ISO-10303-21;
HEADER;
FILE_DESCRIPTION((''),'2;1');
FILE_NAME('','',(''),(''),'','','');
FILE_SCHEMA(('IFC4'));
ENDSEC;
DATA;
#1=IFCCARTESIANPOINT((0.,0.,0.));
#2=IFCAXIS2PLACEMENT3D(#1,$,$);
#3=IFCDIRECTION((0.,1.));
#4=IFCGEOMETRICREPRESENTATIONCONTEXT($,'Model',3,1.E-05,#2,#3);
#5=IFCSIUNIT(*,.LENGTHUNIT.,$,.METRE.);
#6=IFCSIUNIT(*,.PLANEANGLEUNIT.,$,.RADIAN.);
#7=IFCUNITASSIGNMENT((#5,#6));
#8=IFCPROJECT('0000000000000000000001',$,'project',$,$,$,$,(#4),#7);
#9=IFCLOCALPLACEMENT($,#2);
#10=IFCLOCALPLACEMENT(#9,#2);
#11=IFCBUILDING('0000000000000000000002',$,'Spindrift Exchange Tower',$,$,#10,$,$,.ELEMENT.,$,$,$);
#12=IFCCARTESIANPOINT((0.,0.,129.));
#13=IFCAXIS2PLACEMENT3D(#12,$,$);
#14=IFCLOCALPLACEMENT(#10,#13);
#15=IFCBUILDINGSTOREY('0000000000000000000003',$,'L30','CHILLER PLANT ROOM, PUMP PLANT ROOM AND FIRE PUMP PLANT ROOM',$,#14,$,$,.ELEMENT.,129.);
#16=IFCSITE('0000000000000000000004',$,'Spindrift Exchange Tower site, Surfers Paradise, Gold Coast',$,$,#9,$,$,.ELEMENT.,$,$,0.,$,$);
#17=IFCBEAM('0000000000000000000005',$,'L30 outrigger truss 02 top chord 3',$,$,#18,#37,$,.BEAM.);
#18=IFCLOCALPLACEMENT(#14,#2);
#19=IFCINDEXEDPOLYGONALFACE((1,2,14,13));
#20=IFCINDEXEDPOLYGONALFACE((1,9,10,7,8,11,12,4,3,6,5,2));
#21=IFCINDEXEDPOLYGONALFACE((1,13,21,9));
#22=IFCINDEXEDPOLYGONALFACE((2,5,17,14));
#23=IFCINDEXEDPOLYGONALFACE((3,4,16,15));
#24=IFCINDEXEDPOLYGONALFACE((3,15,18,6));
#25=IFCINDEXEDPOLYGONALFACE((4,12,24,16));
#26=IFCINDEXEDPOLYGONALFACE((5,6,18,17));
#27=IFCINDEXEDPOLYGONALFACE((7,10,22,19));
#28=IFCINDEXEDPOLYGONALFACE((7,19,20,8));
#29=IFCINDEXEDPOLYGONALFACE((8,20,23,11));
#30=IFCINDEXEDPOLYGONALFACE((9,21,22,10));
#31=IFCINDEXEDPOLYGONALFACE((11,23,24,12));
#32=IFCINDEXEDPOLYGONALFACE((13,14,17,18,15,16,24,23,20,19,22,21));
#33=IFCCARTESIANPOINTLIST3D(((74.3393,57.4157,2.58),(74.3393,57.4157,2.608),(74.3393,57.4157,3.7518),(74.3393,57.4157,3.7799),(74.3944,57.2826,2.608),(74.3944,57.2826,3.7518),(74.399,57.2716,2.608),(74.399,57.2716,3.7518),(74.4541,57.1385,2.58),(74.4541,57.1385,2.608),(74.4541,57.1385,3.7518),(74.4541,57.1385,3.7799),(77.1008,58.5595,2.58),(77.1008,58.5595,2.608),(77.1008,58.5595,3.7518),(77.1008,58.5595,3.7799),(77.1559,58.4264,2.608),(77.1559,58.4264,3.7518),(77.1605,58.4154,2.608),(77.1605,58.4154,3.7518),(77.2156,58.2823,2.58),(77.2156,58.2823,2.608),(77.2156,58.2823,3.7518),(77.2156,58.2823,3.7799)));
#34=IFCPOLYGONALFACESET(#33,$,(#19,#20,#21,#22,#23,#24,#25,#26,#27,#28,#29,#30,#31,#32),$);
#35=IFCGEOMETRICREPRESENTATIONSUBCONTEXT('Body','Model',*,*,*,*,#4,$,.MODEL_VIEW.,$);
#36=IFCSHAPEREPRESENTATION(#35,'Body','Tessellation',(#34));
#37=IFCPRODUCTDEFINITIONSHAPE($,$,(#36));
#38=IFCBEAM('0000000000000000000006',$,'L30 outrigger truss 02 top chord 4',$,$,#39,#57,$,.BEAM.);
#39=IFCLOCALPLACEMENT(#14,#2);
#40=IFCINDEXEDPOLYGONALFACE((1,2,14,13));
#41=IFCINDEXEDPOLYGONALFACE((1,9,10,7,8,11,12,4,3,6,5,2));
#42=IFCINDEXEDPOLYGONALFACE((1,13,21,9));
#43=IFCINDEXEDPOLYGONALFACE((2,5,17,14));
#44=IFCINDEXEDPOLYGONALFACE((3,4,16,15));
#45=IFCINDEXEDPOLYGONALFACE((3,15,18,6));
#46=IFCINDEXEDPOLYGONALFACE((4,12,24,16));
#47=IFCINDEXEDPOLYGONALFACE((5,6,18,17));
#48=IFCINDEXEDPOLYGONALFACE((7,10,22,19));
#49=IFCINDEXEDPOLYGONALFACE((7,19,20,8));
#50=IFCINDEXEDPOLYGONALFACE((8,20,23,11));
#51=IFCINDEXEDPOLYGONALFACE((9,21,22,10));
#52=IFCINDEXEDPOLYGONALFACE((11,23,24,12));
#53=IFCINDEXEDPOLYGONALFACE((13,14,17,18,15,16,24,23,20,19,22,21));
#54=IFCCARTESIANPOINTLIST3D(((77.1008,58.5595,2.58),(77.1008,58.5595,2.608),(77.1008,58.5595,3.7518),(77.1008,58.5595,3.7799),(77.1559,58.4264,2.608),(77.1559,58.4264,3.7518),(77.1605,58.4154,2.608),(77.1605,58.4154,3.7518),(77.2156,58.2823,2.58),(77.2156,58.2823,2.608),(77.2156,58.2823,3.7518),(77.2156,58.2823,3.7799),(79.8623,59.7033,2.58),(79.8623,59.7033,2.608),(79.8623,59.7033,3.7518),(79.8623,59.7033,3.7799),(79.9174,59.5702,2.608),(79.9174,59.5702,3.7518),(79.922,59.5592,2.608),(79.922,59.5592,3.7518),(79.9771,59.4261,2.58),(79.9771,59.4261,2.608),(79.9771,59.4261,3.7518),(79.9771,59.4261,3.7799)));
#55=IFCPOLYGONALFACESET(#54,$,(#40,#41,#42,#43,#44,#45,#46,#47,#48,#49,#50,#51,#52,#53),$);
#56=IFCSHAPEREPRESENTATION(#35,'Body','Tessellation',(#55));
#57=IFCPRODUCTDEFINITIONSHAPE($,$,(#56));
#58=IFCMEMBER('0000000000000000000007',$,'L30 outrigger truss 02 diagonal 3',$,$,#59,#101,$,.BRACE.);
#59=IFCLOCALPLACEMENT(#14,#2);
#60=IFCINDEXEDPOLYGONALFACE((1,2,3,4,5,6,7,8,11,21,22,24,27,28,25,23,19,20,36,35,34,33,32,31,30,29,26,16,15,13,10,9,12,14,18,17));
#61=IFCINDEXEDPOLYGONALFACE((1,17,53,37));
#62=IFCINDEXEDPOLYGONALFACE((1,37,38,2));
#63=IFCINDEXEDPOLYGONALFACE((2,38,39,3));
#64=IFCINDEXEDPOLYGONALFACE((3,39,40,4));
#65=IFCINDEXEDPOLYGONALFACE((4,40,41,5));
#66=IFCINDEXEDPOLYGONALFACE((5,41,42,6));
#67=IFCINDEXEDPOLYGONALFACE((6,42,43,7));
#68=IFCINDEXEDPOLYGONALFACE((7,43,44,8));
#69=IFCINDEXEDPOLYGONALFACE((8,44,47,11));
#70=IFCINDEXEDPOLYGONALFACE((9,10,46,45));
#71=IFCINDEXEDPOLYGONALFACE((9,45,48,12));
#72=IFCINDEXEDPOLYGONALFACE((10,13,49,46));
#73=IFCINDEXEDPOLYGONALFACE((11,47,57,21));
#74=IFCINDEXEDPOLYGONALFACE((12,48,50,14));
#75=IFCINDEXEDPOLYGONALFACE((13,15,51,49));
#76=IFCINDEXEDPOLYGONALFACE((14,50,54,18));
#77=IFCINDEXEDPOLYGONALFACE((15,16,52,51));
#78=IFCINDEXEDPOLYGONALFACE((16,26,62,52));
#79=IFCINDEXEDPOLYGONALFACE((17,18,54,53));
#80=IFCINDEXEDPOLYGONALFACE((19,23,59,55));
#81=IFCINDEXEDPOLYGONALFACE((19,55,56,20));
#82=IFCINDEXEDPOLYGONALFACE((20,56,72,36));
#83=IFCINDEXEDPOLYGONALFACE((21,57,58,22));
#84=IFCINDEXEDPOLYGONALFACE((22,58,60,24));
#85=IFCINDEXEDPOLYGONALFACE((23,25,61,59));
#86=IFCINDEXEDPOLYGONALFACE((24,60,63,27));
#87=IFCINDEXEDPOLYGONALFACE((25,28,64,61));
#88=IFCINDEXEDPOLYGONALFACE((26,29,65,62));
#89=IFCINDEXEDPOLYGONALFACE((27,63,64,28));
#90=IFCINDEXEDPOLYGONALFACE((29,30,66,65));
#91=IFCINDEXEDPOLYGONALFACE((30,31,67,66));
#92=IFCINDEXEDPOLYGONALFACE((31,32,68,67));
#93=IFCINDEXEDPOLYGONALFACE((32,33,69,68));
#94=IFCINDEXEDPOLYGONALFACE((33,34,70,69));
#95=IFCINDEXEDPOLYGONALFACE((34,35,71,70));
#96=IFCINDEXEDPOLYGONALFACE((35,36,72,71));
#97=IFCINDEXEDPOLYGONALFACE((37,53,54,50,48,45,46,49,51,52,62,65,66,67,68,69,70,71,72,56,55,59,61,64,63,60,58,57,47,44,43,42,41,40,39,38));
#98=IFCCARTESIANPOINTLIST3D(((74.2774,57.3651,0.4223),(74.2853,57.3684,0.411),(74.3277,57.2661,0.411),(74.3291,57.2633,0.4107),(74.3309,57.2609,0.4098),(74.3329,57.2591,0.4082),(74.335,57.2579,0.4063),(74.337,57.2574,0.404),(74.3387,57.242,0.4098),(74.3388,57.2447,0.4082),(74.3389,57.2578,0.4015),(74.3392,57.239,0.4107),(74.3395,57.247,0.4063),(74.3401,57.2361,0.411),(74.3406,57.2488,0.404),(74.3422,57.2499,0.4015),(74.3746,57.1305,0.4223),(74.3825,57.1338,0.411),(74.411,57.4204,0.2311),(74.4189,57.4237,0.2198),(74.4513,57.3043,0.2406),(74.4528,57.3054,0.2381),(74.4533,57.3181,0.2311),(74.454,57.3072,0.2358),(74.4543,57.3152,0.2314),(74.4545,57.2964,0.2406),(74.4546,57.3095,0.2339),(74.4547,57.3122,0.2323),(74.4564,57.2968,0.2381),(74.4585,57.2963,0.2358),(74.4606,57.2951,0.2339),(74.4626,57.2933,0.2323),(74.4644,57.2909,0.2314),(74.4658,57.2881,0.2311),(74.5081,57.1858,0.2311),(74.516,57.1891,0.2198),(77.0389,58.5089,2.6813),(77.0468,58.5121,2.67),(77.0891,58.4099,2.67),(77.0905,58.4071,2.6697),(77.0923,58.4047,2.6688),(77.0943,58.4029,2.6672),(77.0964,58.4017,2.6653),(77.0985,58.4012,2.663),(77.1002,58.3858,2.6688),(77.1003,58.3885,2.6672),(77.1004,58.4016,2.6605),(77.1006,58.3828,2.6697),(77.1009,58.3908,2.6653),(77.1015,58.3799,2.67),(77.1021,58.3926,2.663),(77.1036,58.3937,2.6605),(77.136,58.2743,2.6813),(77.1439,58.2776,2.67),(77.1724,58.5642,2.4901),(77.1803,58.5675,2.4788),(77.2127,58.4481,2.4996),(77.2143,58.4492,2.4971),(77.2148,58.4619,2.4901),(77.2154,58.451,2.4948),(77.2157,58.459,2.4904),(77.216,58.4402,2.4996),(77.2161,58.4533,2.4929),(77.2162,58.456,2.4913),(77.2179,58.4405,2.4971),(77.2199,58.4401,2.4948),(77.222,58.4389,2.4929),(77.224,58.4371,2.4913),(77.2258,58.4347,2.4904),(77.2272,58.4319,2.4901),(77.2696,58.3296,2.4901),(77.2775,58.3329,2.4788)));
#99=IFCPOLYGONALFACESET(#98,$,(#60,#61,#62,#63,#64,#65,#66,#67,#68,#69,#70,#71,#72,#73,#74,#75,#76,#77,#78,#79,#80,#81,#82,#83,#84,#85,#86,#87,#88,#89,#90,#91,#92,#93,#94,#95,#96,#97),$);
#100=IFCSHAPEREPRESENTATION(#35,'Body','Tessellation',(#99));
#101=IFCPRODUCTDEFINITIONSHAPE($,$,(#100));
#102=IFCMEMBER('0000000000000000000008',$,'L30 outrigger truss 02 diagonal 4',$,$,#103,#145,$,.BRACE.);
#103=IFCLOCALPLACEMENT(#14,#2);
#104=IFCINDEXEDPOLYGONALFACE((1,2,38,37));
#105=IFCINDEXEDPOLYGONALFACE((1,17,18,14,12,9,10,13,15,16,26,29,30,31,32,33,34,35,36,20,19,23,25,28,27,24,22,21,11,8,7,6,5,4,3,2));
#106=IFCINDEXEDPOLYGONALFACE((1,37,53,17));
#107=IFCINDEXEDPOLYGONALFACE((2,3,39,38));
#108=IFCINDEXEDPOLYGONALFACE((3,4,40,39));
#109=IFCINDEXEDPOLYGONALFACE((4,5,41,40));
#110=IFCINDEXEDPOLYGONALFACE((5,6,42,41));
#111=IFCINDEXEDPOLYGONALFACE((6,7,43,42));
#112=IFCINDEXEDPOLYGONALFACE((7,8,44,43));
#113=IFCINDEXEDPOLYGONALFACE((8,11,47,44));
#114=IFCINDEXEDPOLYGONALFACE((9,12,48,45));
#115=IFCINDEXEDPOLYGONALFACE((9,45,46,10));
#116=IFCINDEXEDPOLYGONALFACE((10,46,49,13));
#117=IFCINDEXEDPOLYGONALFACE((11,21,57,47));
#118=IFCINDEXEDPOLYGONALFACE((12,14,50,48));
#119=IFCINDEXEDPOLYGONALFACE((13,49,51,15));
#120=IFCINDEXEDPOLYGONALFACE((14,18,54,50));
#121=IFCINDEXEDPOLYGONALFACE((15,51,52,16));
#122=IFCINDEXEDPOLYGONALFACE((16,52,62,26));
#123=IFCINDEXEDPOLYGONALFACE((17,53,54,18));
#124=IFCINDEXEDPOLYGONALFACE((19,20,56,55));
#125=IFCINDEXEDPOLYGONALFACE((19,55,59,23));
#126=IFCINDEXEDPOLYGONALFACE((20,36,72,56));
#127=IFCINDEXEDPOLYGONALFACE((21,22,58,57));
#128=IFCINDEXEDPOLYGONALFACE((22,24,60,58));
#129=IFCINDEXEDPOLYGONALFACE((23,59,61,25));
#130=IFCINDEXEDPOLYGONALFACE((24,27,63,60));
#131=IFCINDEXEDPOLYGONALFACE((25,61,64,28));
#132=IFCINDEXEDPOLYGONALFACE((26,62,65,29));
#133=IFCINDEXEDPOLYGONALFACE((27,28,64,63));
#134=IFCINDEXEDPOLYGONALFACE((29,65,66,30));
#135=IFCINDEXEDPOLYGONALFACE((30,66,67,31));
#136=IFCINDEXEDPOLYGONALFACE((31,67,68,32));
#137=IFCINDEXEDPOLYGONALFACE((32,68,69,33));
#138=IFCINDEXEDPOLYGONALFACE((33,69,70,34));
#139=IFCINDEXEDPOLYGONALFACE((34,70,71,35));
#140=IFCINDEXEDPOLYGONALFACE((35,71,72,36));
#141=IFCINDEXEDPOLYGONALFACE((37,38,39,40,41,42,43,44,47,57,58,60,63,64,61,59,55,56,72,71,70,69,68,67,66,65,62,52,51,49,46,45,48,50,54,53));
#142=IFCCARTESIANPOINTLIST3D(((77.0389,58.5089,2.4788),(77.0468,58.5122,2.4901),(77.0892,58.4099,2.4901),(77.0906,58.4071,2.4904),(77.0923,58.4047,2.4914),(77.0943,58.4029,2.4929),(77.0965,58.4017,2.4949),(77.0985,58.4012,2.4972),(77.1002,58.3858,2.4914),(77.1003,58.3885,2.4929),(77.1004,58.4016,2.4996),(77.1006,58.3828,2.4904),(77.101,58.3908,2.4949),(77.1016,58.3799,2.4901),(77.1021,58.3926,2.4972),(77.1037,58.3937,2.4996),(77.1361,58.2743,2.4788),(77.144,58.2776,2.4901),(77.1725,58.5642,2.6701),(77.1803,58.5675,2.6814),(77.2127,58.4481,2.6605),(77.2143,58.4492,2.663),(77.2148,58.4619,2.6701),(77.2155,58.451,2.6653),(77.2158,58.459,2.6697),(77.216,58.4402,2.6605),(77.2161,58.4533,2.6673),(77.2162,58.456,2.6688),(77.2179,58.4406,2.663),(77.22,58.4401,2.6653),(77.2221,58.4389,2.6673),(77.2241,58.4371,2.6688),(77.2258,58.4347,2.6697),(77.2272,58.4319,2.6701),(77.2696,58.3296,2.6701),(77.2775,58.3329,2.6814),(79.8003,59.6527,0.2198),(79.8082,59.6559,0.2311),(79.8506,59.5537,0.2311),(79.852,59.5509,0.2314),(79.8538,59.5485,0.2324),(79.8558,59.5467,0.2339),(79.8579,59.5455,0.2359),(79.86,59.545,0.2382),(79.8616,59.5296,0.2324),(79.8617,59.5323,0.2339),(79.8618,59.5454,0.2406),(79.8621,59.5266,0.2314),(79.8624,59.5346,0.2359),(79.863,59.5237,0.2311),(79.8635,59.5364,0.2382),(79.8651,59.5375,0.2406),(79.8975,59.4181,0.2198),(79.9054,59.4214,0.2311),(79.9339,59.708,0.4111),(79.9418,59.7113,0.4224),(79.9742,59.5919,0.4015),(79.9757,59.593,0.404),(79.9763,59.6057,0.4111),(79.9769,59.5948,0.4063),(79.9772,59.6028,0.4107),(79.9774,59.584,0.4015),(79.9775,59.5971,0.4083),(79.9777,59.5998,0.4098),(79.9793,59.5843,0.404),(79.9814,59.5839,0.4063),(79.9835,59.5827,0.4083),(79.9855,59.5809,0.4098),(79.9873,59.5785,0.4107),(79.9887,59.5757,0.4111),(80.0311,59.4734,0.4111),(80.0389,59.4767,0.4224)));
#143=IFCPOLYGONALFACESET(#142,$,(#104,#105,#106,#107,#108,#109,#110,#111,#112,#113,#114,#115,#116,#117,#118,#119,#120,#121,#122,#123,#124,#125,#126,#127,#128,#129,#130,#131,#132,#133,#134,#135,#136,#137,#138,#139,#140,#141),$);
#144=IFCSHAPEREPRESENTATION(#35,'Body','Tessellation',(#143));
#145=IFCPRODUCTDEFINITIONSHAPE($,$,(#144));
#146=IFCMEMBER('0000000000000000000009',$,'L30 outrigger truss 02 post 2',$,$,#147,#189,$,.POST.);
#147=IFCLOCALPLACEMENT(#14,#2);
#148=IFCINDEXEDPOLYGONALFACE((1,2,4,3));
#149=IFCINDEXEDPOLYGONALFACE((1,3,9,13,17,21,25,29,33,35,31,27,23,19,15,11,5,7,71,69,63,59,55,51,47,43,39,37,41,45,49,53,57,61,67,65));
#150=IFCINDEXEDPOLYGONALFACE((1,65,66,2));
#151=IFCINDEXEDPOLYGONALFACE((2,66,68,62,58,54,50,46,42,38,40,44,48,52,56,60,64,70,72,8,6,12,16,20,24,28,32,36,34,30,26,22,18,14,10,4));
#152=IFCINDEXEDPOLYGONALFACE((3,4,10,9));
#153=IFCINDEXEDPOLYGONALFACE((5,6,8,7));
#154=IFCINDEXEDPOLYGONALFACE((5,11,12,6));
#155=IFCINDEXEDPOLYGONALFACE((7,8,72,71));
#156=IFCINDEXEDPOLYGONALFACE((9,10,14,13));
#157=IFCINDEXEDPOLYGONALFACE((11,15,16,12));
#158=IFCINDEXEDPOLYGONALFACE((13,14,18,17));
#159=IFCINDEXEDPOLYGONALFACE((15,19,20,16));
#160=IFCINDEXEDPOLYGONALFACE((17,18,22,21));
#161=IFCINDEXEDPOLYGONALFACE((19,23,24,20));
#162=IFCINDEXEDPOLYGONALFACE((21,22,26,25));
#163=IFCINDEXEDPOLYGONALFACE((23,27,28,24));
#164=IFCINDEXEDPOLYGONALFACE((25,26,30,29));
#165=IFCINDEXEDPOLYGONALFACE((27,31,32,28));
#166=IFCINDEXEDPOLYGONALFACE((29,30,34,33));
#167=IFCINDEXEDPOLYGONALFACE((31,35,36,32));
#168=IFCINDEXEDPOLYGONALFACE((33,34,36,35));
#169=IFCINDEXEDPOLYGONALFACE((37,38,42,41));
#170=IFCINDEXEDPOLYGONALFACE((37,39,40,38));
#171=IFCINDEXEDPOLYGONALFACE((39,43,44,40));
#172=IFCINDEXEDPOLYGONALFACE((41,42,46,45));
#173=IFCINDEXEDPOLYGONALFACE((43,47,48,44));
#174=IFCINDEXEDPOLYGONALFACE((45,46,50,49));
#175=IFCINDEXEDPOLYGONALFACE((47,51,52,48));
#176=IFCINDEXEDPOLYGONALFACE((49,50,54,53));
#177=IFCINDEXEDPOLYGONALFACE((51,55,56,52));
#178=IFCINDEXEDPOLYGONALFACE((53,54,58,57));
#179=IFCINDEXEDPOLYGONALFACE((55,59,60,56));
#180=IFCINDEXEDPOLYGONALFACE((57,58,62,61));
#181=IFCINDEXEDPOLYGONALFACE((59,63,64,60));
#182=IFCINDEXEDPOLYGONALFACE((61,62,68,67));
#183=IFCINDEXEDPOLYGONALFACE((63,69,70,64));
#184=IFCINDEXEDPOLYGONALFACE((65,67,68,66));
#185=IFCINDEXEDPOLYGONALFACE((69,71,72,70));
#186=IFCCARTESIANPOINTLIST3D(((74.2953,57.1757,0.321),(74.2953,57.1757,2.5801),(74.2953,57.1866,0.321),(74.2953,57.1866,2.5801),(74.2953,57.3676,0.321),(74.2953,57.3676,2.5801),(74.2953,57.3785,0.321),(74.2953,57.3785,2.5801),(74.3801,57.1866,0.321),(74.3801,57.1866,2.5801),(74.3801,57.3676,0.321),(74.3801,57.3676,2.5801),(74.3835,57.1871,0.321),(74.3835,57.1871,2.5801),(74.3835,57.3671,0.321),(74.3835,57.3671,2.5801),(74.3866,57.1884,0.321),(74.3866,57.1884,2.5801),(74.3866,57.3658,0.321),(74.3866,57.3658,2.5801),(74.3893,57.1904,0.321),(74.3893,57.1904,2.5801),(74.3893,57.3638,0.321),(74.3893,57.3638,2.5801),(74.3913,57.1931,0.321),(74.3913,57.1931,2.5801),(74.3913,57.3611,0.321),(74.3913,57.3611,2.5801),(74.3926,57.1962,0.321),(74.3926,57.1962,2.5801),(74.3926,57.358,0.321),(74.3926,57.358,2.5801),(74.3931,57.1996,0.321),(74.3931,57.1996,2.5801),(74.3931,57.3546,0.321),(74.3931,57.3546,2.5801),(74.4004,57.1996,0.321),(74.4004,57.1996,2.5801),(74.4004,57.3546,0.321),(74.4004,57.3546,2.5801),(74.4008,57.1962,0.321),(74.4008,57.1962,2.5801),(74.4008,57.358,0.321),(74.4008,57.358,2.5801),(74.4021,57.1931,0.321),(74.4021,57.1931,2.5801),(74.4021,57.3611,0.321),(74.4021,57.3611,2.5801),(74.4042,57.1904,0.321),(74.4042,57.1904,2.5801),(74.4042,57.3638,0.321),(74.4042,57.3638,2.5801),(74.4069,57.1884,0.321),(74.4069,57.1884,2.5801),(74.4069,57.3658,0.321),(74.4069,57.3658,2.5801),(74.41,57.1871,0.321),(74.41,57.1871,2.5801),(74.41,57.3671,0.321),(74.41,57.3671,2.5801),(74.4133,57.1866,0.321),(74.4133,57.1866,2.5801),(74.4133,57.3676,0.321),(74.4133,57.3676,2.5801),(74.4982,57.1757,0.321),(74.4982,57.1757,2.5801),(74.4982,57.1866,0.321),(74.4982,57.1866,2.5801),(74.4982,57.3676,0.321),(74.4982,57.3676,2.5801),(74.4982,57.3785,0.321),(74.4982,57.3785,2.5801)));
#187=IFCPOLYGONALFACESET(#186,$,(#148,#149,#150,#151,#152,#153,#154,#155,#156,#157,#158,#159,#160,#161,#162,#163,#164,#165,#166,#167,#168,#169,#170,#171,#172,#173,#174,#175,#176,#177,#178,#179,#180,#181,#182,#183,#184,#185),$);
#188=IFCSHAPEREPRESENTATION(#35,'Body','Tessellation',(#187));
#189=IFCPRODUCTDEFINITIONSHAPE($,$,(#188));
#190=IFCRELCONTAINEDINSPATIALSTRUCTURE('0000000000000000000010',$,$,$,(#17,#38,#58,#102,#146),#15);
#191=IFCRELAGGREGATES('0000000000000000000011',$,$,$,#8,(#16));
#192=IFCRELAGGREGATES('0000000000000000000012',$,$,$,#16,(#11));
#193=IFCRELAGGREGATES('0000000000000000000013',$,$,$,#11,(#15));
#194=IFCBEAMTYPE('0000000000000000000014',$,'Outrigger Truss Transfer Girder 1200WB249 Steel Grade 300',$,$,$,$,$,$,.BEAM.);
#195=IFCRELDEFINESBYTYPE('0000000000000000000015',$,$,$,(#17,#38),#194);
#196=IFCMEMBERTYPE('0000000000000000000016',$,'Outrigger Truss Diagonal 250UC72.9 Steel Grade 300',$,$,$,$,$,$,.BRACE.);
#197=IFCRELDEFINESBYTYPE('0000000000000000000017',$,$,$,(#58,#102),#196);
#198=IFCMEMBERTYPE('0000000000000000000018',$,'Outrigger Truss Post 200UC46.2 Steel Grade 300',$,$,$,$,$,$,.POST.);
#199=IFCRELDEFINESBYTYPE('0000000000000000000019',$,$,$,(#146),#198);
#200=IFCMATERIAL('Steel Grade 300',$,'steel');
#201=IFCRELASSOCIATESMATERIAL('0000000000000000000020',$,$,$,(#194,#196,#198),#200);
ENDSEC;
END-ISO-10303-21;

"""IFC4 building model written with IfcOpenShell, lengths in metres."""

from ifc_helpers import new_model, si_unit, direction, frame, origin, origin_2d, place, context, subcontext, project, spatial, i_section, extrude, source, transform, mapped, material, material_profile, profile_set, type_object, element, save


model = new_model("IFC4")

# Units and contexts
model_context = context("Model", 3, precision=1e-05, world=origin(), true_north=direction((0.0, 1.0)))
body_context = subcontext(model_context, "Body", "Model", "MODEL_VIEW")
ifc_project = project(units=[si_unit("LENGTHUNIT", "METRE"), si_unit("PLANEANGLEUNIT", "RADIAN")], contexts=[model_context])

# Site, building, storey
site_placement = place(None, origin())
site = spatial("IfcSite", under=ifc_project, at=site_placement, Name="Spindrift Exchange Tower site, Surfers Paradise, Gold Coast", CompositionType="ELEMENT", RefElevation=0.0)
building_placement = place(site_placement, origin())
building = spatial("IfcBuilding", under=site, at=building_placement, Name="Spindrift Exchange Tower", CompositionType="ELEMENT")
storey_placement = place(building_placement, frame((0.0, 0.0, 129.0)))
storey = spatial("IfcBuildingStorey", under=building, at=storey_placement, Name="L30", Description="CHILLER PLANT ROOM, PUMP PLANT ROOM AND FIRE PUMP PLANT ROOM", CompositionType="ELEMENT", Elevation=129.0)

# Shared definitions
ifc_material_1 = material(Name="Steel Grade 300", Category="steel")
ifc_material_profile_1 = material_profile(ifc_material_1, i_section(OverallWidth=0.3, OverallDepth=1.2, WebThickness=0.012, FlangeThickness=0.0281, at=origin_2d()), Name="1200WB249")
ifc_profile_set_1 = profile_set([ifc_material_profile_1], Name="Steel Grade 300")
beam_type = type_object("IfcBeamType", Name="Outrigger Truss Transfer Girder 1200WB249 Steel Grade 300", PredefinedType="BEAM", material=ifc_profile_set_1)

# Shared definitions
ifc_material_profile_2 = material_profile(ifc_material_1, i_section(OverallWidth=0.2539, OverallDepth=0.2539, WebThickness=0.0085, FlangeThickness=0.0142, FilletRadius=0.012, at=origin_2d()), Name="250UC72.9")
ifc_profile_set_2 = profile_set([ifc_material_profile_2], Name="Steel Grade 300")
member_type_1 = type_object("IfcMemberType", Name="Outrigger Truss Diagonal 250UC72.9 Steel Grade 300", PredefinedType="BRACE", material=ifc_profile_set_2)

# Beams
shared_shape_1 = source(origin(), body_context, "Body", "SweptSolid", [
    extrude(i_section(OverallWidth=0.3, OverallDepth=1.2, WebThickness=0.012, FlangeThickness=0.0281, at=origin_2d()), origin(), (0.0, 0.0, 1.0), 2.989),
])
for number, where, z_axis, x_axis, name in (
    (1, (74.3967, 57.2771, 3.1799), (0.923884, 0.382672, 0.0), (-0.382672, 0.923884, 0.0), "L30 outrigger truss 02 top chord 3"),
    (2, (77.1582, 58.4209, 3.1799), (0.923884, 0.382672, 0.0), (-0.382672, 0.923884, 0.0), "L30 outrigger truss 02 top chord 4"),
):
    element("IfcBeam", number, at=place(storey_placement, frame(where, z_axis=z_axis, x_axis=x_axis)), inside=storey, type_object=beam_type, Name=name, PredefinedType="BEAM", context=body_context, shape_type="MappedRepresentation", body=[
        mapped(shared_shape_1, transform((0.0, 0.0, 0.0), scale=1.0)),
    ])

# Members
shared_shape_2 = source(origin(), body_context, "Body", "SweptSolid", [
    extrude(i_section(OverallWidth=0.2539, OverallDepth=0.2539, WebThickness=0.0085, FlangeThickness=0.0142, FilletRadius=0.012, at=origin_2d()), origin(), (0.0, 0.0, 1.0), 3.7466),
])
for number, where, z_axis, x_axis, name in (
    (3, (74.3967, 57.2771, 0.321), (0.737055, 0.305287, 0.60295), (-0.382672, 0.923884, 0.0), "L30 outrigger truss 02 diagonal 3"),
    (4, (77.1582, 58.4209, 2.5801), (0.737055, 0.305287, -0.60295), (-0.382672, 0.923884, 0.0), "L30 outrigger truss 02 diagonal 4"),
):
    element("IfcMember", number, at=place(storey_placement, frame(where, z_axis=z_axis, x_axis=x_axis)), inside=storey, type_object=member_type_1, Name=name, PredefinedType="BRACE", context=body_context, shape_type="MappedRepresentation", body=[
        mapped(shared_shape_2, transform((0.0, 0.0, 0.0), scale=1.0)),
    ])
ifc_material_profile_3 = material_profile(ifc_material_1, i_section(OverallWidth=0.2029, OverallDepth=0.2029, WebThickness=0.0073, FlangeThickness=0.011, FilletRadius=0.0129, at=origin_2d()), Name="200UC46.2")
ifc_profile_set_3 = profile_set([ifc_material_profile_3], Name="Steel Grade 300")
member_type_2 = type_object("IfcMemberType", Name="Outrigger Truss Post 200UC46.2 Steel Grade 300", PredefinedType="POST", material=ifc_profile_set_3)
shared_shape_3 = source(origin(), body_context, "Body", "SweptSolid", [
    extrude(i_section(OverallWidth=0.2029, OverallDepth=0.2029, WebThickness=0.0073, FlangeThickness=0.011, FilletRadius=0.0129, at=origin_2d()), origin(), (0.0, 0.0, 1.0), 2.259),
])
for number, where, z_axis, x_axis, name in (
    (5, (74.3967, 57.2771, 0.321), (0.0, 0.0, 1.0), (1.0, 0.0, 0.0), "L30 outrigger truss 02 post 2"),
):
    element("IfcMember", number, at=place(storey_placement, frame(where, z_axis=z_axis, x_axis=x_axis)), inside=storey, type_object=member_type_2, Name=name, PredefinedType="POST", context=body_context, shape_type="MappedRepresentation", body=[
        mapped(shared_shape_3, transform((0.0, 0.0, 0.0), scale=1.0)),
    ])

save(model, "model.ifc")
